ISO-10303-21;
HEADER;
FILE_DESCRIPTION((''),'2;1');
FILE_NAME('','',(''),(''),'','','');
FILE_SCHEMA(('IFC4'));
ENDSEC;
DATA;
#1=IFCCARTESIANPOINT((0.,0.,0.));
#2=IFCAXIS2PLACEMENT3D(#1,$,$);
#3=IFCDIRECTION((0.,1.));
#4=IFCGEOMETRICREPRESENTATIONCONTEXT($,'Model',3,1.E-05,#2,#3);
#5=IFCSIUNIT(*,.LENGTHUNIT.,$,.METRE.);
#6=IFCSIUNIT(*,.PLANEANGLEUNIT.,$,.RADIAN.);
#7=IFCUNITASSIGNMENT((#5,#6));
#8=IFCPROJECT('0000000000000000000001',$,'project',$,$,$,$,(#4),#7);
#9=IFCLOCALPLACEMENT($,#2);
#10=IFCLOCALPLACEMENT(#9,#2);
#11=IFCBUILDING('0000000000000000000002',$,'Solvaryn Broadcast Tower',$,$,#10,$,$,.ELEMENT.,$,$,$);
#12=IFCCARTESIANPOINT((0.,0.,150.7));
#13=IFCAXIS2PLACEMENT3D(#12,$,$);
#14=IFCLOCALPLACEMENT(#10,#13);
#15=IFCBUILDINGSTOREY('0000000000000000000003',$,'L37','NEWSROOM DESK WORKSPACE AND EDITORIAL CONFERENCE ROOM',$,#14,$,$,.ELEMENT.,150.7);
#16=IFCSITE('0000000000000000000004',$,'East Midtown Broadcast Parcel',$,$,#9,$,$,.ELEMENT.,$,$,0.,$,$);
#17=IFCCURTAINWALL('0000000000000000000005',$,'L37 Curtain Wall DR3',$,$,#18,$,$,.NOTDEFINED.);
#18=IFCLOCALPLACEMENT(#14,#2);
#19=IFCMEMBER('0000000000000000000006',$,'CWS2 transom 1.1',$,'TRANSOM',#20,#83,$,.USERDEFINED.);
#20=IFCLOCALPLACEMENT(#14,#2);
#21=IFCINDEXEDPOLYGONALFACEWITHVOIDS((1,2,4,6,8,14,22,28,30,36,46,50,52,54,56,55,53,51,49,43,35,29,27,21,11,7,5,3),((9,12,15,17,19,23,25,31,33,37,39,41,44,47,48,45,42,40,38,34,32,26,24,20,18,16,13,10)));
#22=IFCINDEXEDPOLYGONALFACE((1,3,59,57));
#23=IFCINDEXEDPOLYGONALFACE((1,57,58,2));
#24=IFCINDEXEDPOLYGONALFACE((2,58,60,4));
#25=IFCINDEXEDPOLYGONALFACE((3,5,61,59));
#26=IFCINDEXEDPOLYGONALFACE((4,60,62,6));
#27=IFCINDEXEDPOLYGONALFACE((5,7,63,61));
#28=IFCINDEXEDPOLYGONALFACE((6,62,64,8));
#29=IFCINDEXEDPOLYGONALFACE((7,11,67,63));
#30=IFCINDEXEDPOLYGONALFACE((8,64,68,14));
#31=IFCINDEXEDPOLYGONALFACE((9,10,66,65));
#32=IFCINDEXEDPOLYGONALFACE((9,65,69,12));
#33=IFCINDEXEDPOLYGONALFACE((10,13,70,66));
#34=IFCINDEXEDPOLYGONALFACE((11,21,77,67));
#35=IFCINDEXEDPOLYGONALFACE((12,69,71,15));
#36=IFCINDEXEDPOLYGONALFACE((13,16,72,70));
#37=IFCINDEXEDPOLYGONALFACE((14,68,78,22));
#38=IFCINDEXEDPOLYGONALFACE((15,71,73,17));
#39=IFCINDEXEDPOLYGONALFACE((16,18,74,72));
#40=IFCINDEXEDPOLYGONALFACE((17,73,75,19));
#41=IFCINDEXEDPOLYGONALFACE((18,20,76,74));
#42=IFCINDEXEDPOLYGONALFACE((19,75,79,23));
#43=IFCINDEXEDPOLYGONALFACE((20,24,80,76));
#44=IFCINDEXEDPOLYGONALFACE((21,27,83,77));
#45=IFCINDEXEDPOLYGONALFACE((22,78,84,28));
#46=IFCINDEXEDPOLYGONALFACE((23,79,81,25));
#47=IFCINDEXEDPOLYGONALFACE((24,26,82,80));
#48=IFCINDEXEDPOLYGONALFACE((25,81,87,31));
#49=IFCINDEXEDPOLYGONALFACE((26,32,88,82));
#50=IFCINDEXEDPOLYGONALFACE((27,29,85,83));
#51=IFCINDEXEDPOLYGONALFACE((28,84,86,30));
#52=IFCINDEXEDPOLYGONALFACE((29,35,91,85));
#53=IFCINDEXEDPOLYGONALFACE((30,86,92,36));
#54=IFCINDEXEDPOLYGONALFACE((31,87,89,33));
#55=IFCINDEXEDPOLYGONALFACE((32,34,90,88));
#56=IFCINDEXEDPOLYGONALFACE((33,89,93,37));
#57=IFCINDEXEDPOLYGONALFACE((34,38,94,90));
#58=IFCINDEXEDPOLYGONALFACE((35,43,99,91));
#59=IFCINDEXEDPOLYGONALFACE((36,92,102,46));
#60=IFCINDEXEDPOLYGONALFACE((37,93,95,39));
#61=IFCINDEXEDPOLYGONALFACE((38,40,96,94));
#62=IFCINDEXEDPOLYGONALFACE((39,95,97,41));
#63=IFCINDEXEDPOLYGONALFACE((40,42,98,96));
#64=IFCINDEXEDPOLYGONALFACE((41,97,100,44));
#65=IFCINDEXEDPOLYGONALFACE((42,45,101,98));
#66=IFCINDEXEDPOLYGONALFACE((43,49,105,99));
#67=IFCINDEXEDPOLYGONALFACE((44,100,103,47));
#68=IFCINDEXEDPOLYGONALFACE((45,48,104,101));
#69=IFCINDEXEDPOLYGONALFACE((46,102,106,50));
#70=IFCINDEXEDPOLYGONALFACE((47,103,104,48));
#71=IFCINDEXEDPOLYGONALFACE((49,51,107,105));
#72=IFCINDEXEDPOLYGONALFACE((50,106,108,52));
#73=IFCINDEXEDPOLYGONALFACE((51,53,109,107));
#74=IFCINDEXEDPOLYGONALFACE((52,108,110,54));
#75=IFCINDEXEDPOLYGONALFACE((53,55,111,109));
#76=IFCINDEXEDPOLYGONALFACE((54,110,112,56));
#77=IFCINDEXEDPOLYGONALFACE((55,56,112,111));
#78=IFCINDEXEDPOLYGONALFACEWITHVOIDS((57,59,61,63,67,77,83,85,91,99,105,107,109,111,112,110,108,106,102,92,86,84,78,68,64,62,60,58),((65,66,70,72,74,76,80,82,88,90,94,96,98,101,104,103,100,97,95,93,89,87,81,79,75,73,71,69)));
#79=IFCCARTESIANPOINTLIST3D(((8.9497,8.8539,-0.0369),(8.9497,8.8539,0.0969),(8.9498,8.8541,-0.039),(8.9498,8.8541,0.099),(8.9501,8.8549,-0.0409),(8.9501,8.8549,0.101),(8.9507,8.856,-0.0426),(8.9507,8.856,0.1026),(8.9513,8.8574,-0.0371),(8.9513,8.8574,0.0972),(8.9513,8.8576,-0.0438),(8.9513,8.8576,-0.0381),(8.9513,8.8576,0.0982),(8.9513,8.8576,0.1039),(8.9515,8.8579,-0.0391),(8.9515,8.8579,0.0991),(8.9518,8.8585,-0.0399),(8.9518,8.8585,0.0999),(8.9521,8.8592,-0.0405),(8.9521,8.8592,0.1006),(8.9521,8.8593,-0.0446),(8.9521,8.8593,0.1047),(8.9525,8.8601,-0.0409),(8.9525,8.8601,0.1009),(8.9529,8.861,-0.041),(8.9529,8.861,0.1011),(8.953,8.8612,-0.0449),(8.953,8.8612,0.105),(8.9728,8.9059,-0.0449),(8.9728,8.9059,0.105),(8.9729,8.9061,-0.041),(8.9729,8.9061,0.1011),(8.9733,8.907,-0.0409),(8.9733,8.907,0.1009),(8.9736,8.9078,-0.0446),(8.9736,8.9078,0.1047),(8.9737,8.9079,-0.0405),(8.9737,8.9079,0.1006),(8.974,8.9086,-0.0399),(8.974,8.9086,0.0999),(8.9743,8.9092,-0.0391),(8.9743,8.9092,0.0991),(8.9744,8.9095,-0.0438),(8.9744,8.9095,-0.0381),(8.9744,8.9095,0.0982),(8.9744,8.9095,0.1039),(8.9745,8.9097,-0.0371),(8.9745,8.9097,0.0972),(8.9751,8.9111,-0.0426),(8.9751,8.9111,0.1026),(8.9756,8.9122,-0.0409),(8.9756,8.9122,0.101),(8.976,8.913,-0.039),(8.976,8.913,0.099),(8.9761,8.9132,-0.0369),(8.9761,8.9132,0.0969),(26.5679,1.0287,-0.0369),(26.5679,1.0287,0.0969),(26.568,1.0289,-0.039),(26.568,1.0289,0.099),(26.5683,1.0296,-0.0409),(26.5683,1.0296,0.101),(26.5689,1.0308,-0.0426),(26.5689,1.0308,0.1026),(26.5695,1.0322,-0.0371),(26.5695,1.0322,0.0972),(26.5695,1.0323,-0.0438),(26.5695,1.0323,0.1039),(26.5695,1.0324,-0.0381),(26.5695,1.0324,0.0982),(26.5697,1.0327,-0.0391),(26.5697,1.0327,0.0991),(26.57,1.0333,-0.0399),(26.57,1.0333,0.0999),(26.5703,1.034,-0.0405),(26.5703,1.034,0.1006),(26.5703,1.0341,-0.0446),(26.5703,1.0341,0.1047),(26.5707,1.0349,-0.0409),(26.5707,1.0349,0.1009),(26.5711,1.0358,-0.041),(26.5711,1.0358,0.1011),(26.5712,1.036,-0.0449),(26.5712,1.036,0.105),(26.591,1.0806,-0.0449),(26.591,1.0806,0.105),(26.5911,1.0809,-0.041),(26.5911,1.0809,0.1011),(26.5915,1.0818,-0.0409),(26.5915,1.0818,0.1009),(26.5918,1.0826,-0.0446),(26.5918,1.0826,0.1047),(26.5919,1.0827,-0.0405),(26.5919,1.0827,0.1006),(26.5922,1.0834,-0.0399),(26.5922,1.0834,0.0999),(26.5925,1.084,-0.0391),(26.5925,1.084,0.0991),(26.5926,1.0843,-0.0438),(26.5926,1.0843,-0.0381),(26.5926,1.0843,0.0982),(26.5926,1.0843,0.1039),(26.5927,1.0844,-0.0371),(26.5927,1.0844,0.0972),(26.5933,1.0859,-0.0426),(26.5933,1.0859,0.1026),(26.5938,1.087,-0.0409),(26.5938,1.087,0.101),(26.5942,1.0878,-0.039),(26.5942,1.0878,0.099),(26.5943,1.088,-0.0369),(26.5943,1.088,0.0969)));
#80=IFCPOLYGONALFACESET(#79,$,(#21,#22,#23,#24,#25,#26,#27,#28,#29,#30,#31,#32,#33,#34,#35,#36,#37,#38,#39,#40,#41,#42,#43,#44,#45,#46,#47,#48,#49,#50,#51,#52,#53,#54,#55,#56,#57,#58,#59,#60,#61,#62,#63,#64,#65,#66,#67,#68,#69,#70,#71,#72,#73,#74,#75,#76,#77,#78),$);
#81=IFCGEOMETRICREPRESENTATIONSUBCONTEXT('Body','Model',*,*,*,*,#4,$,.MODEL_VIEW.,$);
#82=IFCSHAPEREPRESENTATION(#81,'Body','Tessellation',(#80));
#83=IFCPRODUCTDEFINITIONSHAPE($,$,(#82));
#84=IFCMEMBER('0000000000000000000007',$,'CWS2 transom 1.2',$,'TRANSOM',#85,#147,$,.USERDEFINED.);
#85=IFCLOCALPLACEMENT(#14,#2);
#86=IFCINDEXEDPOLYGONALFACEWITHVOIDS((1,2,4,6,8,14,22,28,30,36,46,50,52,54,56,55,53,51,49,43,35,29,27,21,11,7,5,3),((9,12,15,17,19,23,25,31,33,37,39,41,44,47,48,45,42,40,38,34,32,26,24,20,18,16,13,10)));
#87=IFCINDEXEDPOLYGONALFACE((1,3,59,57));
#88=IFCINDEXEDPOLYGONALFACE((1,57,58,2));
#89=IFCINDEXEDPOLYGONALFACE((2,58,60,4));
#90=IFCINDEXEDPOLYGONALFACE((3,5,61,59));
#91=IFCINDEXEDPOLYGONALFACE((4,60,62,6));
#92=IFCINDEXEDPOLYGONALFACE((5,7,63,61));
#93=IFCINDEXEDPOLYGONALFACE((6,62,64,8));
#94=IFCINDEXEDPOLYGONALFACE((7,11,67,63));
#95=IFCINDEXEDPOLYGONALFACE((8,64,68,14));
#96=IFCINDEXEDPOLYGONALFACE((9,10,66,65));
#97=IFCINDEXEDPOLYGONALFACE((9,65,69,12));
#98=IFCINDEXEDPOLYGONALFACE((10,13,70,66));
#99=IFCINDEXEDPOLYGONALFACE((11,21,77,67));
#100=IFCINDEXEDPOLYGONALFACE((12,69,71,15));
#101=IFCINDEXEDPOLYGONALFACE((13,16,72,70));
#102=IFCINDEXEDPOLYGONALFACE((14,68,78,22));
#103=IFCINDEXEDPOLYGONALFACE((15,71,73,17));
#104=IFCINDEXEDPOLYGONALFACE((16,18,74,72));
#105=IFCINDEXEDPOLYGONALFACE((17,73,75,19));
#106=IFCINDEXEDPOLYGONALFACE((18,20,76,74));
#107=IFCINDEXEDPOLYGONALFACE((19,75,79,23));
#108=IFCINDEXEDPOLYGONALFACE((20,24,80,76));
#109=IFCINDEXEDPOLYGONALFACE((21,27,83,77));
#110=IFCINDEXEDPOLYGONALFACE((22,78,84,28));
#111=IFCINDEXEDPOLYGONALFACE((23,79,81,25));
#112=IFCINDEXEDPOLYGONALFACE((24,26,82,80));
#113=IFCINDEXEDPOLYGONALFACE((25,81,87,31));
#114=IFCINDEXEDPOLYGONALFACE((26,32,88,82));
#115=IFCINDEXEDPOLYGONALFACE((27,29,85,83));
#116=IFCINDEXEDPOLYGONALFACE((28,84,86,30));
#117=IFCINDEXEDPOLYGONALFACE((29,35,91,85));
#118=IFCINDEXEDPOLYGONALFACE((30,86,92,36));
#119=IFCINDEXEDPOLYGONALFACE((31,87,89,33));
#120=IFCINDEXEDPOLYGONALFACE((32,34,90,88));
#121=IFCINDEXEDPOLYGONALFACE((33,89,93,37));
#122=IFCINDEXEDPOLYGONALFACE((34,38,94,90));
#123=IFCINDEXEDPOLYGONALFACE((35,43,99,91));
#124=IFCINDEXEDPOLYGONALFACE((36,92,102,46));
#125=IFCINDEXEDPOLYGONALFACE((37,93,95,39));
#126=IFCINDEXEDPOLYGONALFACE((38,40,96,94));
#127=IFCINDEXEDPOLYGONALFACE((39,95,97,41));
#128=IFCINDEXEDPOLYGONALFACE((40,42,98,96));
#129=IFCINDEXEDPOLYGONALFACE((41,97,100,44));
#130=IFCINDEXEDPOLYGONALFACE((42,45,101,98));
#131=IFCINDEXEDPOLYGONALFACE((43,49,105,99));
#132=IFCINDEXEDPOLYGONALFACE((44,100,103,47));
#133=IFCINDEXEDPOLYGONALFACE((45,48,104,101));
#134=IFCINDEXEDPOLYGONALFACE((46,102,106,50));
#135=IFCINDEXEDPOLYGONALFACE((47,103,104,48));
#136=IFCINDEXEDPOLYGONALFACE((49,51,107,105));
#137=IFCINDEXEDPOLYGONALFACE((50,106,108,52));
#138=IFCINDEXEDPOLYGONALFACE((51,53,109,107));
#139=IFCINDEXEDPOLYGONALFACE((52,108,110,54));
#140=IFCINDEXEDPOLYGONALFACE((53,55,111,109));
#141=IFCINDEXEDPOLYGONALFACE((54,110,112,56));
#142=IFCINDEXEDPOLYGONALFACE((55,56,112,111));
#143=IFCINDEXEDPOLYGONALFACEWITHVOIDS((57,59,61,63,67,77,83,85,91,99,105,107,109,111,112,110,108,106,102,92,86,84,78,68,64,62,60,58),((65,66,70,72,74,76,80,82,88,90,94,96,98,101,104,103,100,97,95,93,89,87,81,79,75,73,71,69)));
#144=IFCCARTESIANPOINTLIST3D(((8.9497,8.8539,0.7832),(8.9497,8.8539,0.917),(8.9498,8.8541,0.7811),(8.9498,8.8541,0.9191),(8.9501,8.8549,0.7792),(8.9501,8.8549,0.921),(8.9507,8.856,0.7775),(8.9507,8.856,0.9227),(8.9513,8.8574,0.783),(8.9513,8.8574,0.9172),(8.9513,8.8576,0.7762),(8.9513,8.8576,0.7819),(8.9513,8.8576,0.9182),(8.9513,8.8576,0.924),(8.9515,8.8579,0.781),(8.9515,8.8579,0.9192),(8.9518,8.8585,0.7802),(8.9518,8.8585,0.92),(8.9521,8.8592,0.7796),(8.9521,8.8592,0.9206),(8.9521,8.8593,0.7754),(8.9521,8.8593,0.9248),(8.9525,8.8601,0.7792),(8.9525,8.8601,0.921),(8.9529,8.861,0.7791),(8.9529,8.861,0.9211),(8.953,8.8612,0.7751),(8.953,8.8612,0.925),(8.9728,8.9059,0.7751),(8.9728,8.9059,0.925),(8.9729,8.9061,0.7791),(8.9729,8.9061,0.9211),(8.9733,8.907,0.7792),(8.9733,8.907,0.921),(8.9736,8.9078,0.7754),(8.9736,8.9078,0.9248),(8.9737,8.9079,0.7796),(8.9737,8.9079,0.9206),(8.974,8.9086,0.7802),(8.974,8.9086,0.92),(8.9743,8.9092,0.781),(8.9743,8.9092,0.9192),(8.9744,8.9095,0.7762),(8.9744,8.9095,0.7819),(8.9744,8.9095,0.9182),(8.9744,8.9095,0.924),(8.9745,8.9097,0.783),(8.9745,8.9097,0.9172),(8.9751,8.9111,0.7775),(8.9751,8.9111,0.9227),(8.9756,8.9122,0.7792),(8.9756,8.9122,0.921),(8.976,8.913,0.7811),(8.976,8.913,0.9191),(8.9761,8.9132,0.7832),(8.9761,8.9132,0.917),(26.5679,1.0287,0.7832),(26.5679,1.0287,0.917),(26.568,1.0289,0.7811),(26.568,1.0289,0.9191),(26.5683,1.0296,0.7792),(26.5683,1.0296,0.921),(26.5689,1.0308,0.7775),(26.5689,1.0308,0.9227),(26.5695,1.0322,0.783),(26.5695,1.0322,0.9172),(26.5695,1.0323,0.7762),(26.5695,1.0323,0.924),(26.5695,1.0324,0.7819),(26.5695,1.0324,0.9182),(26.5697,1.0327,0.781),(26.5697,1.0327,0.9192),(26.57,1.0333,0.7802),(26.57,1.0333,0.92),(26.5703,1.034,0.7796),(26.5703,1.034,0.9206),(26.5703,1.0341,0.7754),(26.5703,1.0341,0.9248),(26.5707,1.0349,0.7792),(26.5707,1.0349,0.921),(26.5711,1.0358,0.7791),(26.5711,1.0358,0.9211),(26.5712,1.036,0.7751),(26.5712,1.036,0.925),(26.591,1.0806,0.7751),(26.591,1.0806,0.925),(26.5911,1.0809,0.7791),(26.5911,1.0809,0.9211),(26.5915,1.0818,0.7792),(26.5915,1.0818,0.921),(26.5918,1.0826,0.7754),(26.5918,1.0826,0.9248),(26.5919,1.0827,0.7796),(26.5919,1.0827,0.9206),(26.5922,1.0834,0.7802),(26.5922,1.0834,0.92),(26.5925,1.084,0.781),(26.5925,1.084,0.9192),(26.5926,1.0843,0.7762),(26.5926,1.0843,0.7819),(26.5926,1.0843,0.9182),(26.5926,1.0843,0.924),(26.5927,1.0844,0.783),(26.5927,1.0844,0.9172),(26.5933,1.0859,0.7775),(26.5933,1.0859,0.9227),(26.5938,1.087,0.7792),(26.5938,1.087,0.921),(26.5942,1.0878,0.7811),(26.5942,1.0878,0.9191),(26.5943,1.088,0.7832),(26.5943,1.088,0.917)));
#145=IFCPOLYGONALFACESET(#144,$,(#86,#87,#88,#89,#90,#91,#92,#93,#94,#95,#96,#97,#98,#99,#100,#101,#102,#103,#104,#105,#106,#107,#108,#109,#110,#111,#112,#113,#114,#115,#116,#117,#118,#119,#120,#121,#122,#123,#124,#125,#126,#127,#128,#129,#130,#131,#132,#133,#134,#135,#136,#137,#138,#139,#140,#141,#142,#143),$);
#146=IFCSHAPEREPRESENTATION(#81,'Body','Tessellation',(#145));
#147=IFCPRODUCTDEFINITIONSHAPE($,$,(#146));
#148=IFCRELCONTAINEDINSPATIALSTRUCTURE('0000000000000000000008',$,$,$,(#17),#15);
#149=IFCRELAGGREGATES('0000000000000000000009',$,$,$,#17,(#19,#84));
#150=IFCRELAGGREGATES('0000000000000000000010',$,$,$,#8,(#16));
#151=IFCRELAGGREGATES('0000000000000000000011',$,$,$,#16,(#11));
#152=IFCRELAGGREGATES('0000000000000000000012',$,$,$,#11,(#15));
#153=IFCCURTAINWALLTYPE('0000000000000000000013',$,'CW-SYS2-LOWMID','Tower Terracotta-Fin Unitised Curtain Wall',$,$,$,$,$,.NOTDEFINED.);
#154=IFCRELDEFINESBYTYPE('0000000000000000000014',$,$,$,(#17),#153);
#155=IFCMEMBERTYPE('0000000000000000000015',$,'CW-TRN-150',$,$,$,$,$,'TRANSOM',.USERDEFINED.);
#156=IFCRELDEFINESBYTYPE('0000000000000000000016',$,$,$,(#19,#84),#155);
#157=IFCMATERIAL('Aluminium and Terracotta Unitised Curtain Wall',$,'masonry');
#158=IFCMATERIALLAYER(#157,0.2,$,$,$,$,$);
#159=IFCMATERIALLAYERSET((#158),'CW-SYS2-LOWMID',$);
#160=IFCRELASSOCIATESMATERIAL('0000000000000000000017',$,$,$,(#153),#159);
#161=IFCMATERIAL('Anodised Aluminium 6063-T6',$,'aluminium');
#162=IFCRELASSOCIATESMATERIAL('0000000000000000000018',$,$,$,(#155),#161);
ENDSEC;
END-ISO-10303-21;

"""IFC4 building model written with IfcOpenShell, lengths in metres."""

from ifc_helpers import new_model, si_unit, direction, frame, origin, origin_2d, place, context, subcontext, project, spatial, hollow_rectangle, extrude, material, layer, layer_set, material_profile, profile_set, type_object, element, aggregate, save


model = new_model("IFC4")

# Units and contexts
model_context = context("Model", 3, precision=1e-05, world=origin(), true_north=direction((0.0, 1.0)))
body_context = subcontext(model_context, "Body", "Model", "MODEL_VIEW")
ifc_project = project(units=[si_unit("LENGTHUNIT", "METRE"), si_unit("PLANEANGLEUNIT", "RADIAN")], contexts=[model_context])

# Site, building, storey
site_placement = place(None, origin())
site = spatial("IfcSite", under=ifc_project, at=site_placement, Name="East Midtown Broadcast Parcel", CompositionType="ELEMENT", RefElevation=0.0)
building_placement = place(site_placement, origin())
building = spatial("IfcBuilding", under=site, at=building_placement, Name="Solvaryn Broadcast Tower", CompositionType="ELEMENT")
storey_placement = place(building_placement, frame((0.0, 0.0, 150.7)))
storey = spatial("IfcBuildingStorey", under=building, at=storey_placement, Name="L37", Description="NEWSROOM DESK WORKSPACE AND EDITORIAL CONFERENCE ROOM", CompositionType="ELEMENT", Elevation=150.7)

# Curtain wall, members
ifc_material_1 = material(Name="Aluminium and Terracotta Unitised Curtain Wall", Category="masonry")
ifc_layer_1 = layer(ifc_material_1, 0.2)
ifc_layer_set_1 = layer_set([ifc_layer_1], Name="CW-SYS2-LOWMID")
curtain_wall_type_1 = type_object("IfcCurtainWallType", Name="CW-SYS2-LOWMID", Description="Tower Terracotta-Fin Unitised Curtain Wall", PredefinedType="NOTDEFINED", material=ifc_layer_set_1)
curtain_wall_1_placement = place(storey_placement, origin())
curtain_wall_1 = element("IfcCurtainWall", 1, at=curtain_wall_1_placement, inside=storey, type_object=curtain_wall_type_1, Name="L37 Curtain Wall DR3", PredefinedType="NOTDEFINED")
ifc_material_2 = material(Name="Anodised Aluminium 6063-T6", Category="aluminium")
ifc_material_profile_1 = material_profile(ifc_material_2, hollow_rectangle(XDim=0.0649, YDim=0.1499, WallThickness=0.0039, InnerFilletRadius=0.0039, OuterFilletRadius=0.0081, at=origin_2d()))
ifc_profile_set_1 = profile_set([ifc_material_profile_1], Name="Anodised Aluminium 6063-T6")
member_type_1 = type_object("IfcMemberType", Name="CW-TRN-150", ElementType="TRANSOM", PredefinedType="USERDEFINED", material=ifc_profile_set_1)
member_1_placement = place(storey_placement, frame((8.9629, 8.8835, 0.03), z_axis=(0.91391, -0.405918, 0.0), x_axis=(0.405918, 0.91391, 0.0)))
member_1 = element("IfcMember", 2, at=member_1_placement, type_object=member_type_1, Name="CWS2 transom 1.1", ObjectType="TRANSOM", PredefinedType="USERDEFINED", context=body_context, shape_type="SweptSolid", body=[
    extrude(hollow_rectangle(XDim=0.0649, YDim=0.1499, WallThickness=0.0039, InnerFilletRadius=0.0039, OuterFilletRadius=0.0081, at=origin_2d()), origin(), (0.0, 0.0, 1.0), 19.2778),
])
member_2_placement = place(storey_placement, frame((8.9629, 8.8835, 0.8501), z_axis=(0.91391, -0.405918, 0.0), x_axis=(0.405918, 0.91391, 0.0)))
member_2 = element("IfcMember", 3, at=member_2_placement, type_object=member_type_1, Name="CWS2 transom 1.2", ObjectType="TRANSOM", PredefinedType="USERDEFINED", context=body_context, shape_type="SweptSolid", body=[
    extrude(hollow_rectangle(XDim=0.0649, YDim=0.1499, WallThickness=0.0039, InnerFilletRadius=0.0039, OuterFilletRadius=0.0081, at=origin_2d()), origin(), (0.0, 0.0, 1.0), 19.2778),
])
aggregate(curtain_wall_1, [member_1, member_2])

save(model, "model.ifc")
